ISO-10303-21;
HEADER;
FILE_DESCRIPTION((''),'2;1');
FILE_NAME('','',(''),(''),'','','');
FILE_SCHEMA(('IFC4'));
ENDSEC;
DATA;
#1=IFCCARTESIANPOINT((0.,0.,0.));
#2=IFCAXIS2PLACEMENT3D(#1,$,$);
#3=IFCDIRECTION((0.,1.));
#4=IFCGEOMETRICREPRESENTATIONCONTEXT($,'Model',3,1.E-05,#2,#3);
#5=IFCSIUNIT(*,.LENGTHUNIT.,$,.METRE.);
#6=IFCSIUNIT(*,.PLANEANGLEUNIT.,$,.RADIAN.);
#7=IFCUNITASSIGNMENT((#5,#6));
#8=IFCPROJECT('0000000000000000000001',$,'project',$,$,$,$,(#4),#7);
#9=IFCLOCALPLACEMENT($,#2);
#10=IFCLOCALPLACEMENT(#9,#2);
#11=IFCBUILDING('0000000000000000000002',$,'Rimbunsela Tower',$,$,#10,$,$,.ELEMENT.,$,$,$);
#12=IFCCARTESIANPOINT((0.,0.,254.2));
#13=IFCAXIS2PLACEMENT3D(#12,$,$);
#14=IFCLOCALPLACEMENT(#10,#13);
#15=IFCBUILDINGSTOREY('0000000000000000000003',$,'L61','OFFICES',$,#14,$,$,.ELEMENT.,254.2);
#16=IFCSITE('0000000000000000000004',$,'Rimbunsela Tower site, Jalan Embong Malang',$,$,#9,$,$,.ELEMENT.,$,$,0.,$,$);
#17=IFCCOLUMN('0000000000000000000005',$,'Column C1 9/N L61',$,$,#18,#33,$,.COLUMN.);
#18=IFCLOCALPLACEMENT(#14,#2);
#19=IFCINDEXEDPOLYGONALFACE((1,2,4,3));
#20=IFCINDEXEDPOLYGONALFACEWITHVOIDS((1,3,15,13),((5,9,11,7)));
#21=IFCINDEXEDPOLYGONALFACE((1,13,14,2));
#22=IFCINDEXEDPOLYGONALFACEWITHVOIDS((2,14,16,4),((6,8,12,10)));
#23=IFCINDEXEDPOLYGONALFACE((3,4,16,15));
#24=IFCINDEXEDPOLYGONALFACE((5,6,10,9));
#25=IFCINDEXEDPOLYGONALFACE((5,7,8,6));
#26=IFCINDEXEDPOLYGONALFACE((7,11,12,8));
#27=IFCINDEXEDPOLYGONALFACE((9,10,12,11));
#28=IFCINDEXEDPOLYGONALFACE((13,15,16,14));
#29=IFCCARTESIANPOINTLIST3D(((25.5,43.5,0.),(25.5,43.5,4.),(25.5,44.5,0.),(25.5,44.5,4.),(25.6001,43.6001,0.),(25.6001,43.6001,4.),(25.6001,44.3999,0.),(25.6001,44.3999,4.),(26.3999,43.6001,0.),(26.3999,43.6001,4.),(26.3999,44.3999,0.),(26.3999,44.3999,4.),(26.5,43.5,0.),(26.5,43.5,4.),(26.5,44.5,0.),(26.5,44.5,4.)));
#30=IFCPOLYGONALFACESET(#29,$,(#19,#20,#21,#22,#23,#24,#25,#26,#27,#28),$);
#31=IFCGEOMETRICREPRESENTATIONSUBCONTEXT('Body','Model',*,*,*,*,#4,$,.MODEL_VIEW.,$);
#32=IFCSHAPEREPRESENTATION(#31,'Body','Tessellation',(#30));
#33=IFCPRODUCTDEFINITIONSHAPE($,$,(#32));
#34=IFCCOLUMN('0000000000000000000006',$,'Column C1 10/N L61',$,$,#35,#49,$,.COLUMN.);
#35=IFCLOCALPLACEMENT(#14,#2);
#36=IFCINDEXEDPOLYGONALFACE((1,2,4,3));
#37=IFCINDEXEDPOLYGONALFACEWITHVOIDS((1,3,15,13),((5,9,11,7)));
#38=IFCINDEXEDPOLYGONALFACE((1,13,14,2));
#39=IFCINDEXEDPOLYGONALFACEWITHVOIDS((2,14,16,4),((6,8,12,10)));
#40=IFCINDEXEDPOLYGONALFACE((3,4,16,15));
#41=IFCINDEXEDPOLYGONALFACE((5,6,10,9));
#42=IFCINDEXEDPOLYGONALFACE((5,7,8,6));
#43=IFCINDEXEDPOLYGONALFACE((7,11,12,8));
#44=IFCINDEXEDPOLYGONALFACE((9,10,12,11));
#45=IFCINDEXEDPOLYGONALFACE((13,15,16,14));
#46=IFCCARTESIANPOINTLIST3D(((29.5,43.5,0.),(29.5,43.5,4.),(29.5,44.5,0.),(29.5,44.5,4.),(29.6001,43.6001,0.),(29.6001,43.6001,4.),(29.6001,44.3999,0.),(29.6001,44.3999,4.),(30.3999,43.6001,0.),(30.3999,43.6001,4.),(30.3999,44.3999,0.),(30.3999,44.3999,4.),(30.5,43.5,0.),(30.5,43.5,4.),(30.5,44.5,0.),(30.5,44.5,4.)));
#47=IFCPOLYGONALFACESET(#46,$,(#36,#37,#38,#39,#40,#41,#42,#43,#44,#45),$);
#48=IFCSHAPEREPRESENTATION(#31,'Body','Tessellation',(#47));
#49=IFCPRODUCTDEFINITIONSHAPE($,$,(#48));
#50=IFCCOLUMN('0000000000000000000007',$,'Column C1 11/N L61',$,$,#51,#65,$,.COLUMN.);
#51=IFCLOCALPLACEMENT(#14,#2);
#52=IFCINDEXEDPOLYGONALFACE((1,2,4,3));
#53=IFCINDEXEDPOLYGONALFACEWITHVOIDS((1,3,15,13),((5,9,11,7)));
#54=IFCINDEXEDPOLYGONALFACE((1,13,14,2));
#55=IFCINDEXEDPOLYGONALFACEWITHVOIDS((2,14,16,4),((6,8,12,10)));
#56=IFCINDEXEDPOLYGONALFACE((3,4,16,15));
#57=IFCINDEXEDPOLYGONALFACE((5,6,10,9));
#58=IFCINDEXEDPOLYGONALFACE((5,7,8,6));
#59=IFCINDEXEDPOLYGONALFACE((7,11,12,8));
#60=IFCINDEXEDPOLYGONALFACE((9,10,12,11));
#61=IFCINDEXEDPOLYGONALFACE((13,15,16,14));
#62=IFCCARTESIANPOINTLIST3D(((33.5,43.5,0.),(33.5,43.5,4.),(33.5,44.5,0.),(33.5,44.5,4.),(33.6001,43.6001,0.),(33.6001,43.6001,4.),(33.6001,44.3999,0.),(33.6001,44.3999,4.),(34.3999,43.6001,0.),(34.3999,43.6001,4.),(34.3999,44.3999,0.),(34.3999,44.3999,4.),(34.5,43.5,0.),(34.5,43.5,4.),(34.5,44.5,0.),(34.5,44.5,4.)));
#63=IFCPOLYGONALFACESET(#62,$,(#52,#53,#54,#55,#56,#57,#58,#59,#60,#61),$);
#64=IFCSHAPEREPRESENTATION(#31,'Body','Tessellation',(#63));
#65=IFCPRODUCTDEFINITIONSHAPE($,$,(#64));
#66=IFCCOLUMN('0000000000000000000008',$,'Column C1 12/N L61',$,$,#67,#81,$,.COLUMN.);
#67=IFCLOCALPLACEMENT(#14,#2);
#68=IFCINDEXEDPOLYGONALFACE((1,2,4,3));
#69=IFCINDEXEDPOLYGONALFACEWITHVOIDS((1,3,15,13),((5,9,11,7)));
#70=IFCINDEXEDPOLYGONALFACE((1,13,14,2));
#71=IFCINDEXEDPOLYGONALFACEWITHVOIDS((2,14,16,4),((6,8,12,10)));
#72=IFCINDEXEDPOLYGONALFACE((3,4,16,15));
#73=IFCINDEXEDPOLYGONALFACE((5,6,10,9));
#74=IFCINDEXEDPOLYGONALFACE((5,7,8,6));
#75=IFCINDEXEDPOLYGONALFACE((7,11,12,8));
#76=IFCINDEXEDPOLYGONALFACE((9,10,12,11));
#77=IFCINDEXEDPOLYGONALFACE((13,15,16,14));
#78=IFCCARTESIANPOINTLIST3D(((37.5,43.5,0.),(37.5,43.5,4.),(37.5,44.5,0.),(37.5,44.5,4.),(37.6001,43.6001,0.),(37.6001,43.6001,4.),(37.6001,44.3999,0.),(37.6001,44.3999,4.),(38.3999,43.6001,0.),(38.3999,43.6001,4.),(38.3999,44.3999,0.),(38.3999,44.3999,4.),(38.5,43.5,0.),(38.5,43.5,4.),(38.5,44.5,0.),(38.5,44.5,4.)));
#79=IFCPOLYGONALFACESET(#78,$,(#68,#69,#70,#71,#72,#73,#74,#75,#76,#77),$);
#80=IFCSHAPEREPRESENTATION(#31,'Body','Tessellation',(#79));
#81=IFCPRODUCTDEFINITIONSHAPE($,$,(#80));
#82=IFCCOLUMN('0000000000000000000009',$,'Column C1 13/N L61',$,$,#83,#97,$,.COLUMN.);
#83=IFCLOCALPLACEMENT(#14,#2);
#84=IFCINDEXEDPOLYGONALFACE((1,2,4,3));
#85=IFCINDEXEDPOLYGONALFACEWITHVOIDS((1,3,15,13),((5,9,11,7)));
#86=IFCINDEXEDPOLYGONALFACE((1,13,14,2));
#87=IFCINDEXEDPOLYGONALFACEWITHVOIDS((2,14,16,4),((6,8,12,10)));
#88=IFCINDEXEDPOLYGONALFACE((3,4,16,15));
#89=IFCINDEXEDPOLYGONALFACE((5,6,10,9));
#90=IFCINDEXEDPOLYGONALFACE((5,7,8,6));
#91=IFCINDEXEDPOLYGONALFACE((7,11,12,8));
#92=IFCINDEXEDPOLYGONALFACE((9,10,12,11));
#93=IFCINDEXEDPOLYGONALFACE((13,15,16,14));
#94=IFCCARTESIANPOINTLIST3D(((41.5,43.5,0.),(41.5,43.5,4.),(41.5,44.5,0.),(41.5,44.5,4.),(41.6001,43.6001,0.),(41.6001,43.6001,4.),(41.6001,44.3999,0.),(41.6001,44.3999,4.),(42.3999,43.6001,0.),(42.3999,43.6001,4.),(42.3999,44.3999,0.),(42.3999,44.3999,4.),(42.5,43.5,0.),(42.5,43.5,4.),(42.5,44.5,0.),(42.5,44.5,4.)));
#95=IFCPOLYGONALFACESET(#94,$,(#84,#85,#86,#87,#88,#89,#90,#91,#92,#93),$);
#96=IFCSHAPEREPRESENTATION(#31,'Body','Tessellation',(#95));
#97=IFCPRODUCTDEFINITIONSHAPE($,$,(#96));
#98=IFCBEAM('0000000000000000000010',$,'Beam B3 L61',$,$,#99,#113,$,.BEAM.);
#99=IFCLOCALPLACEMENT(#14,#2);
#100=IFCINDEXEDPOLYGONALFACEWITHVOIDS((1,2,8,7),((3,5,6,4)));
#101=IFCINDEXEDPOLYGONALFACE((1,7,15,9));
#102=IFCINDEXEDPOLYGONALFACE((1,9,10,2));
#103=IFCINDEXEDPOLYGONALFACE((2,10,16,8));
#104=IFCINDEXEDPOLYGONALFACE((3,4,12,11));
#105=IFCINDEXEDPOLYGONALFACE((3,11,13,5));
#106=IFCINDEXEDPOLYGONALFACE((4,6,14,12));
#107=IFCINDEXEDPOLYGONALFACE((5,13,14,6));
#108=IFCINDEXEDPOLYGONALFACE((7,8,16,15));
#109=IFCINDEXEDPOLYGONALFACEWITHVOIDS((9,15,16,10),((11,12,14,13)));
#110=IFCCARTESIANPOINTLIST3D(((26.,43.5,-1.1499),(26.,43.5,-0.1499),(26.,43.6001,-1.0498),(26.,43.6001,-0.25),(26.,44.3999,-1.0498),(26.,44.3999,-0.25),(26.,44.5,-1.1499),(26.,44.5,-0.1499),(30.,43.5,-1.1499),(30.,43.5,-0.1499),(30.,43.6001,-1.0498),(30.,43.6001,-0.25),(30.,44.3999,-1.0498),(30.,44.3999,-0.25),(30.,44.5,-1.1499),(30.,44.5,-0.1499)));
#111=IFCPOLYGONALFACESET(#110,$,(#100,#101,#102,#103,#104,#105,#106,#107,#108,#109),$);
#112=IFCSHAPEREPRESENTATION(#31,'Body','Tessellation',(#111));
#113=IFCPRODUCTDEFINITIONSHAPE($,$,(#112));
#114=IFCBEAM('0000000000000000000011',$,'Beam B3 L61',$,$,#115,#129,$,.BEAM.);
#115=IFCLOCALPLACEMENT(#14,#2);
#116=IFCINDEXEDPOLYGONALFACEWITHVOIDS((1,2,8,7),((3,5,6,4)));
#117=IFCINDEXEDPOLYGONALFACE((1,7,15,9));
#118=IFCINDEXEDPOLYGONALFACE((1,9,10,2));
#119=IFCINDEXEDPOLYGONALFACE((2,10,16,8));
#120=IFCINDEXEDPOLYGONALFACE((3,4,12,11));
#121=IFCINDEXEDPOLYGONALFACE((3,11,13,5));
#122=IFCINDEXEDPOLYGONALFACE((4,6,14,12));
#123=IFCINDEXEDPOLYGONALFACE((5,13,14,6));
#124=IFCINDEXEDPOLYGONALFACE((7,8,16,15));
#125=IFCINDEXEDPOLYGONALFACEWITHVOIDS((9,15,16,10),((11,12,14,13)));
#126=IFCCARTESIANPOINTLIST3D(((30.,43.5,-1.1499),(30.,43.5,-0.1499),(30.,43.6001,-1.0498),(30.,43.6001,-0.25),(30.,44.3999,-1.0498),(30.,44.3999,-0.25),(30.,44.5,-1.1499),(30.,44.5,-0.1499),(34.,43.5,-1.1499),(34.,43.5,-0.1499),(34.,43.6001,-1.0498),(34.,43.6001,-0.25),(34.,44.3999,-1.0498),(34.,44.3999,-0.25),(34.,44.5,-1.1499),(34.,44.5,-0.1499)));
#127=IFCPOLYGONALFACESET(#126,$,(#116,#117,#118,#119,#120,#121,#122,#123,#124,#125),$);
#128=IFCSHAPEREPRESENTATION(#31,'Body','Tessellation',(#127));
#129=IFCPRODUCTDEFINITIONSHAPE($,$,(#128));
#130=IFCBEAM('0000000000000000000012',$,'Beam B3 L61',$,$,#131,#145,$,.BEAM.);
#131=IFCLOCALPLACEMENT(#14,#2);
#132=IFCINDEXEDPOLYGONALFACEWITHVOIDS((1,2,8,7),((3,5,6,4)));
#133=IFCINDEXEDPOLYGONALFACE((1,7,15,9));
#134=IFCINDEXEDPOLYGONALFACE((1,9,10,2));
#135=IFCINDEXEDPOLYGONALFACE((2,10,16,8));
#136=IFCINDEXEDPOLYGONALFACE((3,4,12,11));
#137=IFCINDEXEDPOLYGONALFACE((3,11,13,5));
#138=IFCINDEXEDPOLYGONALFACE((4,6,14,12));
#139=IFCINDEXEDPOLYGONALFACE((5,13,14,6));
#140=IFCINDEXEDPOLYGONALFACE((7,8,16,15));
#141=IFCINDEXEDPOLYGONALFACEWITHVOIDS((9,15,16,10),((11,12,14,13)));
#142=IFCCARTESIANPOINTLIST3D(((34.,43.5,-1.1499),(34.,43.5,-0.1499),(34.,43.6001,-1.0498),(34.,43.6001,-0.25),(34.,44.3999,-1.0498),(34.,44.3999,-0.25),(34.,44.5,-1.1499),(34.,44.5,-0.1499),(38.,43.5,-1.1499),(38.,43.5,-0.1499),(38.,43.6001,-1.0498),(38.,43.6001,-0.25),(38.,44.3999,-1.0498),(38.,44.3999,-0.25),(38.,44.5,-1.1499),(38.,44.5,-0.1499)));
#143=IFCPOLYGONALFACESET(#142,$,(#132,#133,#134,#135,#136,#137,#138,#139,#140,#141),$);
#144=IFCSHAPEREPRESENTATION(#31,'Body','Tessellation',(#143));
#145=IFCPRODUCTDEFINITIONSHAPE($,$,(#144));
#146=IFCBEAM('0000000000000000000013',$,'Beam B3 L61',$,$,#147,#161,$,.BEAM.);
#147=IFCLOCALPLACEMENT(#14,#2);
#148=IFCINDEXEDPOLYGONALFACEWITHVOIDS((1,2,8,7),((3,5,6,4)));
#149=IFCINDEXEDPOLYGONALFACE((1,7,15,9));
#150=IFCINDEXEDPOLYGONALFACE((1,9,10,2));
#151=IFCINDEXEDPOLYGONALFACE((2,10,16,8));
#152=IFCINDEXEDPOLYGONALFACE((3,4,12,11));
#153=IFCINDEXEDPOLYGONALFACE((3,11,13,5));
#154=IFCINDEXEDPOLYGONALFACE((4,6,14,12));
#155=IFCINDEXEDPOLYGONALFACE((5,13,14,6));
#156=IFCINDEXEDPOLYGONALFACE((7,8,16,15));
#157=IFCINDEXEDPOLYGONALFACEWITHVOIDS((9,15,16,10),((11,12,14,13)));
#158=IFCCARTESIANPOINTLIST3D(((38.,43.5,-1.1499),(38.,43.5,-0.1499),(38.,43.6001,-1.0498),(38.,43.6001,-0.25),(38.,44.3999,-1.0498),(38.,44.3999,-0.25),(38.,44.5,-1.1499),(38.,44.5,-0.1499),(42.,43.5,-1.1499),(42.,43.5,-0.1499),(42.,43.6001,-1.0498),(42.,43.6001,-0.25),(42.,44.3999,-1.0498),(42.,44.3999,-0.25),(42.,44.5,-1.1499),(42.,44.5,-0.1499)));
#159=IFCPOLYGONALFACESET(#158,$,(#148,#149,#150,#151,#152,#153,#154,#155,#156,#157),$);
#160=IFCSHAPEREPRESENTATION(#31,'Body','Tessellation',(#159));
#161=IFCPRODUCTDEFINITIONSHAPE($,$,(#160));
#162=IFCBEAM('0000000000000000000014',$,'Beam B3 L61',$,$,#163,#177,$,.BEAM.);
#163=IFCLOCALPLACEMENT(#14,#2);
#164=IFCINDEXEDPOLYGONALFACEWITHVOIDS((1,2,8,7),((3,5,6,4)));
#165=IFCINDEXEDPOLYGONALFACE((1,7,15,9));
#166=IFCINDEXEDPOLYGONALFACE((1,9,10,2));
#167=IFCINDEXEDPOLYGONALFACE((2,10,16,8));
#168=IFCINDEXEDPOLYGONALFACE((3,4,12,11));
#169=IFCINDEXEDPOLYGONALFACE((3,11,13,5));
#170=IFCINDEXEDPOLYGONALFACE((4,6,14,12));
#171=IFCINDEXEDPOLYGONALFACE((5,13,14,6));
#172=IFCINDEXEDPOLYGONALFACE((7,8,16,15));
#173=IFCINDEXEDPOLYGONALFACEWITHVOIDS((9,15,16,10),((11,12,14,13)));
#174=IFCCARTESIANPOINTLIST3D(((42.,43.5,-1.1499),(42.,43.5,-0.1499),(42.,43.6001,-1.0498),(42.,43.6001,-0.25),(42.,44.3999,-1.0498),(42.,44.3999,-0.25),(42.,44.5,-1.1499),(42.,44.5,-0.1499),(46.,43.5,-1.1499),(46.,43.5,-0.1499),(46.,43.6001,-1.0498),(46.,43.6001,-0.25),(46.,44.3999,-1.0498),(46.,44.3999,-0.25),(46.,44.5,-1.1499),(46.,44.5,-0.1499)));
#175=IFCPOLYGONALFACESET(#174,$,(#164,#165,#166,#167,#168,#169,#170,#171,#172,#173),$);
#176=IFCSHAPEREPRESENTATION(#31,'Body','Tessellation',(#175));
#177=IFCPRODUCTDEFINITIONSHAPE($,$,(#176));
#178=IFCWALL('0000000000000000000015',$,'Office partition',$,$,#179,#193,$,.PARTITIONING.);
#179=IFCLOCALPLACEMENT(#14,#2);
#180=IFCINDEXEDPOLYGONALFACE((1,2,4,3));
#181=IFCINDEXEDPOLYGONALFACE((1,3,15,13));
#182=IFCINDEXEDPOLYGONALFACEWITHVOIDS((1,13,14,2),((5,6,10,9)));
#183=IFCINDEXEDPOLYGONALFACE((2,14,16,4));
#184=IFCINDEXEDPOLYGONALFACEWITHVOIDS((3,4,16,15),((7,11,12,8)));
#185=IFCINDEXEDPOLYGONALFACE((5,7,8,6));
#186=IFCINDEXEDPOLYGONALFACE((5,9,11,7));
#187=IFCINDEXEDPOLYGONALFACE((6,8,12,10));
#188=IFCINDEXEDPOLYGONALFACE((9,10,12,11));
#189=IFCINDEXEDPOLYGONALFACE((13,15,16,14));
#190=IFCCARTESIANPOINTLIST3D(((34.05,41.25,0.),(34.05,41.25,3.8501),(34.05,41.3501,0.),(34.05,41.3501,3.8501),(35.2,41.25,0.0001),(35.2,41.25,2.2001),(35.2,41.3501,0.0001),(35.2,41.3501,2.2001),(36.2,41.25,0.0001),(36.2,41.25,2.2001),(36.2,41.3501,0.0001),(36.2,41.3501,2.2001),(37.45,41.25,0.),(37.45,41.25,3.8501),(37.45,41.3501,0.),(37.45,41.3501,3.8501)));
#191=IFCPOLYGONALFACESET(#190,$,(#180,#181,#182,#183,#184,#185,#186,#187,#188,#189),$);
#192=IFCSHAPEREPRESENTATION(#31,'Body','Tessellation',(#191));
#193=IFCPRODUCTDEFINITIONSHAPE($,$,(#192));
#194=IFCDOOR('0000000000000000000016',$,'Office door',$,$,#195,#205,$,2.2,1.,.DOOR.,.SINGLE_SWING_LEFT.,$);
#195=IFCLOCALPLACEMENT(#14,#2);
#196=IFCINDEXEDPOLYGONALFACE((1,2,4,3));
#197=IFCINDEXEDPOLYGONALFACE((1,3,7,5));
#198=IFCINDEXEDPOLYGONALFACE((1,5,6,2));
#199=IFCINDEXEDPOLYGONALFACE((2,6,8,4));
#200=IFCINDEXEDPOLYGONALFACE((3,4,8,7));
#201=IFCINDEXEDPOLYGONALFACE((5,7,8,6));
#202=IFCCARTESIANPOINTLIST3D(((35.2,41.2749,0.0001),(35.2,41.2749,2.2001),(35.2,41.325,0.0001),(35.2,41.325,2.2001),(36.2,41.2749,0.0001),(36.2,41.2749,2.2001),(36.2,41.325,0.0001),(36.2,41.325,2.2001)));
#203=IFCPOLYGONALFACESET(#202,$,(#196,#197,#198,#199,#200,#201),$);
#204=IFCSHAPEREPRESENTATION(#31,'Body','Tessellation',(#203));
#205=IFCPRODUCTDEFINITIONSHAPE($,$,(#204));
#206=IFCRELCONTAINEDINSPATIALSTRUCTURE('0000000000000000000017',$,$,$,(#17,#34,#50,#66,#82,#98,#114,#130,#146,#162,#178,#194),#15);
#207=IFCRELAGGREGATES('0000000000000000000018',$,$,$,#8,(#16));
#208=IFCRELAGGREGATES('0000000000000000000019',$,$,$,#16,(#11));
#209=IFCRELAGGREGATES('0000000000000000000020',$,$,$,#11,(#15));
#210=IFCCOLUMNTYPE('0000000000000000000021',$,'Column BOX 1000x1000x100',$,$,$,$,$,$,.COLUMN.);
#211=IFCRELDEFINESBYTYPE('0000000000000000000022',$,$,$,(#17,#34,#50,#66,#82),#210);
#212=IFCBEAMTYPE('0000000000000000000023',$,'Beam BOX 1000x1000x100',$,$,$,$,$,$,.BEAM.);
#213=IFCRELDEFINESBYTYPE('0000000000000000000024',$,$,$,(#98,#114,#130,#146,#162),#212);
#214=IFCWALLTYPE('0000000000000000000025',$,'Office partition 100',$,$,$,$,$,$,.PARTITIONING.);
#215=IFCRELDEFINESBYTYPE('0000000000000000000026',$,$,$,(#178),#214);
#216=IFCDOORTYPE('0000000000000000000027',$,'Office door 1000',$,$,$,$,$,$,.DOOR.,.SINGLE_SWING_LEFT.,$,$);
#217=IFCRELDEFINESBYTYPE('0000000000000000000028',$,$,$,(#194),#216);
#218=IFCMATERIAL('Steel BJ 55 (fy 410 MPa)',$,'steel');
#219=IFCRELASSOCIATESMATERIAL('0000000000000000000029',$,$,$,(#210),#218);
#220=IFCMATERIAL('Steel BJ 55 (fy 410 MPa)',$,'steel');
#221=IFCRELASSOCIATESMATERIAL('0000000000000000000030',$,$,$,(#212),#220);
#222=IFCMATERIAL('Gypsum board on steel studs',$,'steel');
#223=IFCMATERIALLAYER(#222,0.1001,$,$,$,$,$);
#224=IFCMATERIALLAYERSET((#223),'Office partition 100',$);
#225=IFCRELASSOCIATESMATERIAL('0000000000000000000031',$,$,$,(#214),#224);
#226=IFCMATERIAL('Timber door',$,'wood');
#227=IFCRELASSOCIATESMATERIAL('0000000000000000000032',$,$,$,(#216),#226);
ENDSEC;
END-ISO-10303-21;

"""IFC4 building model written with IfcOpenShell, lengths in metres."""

from ifc_helpers import new_model, si_unit, direction, frame, frame_2d, origin, origin_2d, place, context, subcontext, project, spatial, rectangle, hollow_rectangle, extrude, material, layer, layer_set, material_profile, profile_set, type_object, element, fill, save


model = new_model("IFC4")

# Units and contexts
model_context = context("Model", 3, precision=1e-05, world=origin(), true_north=direction((0.0, 1.0)))
body_context = subcontext(model_context, "Body", "Model", "MODEL_VIEW")
ifc_project = project(units=[si_unit("LENGTHUNIT", "METRE"), si_unit("PLANEANGLEUNIT", "RADIAN")], contexts=[model_context])

# Site, building, storey
site_placement = place(None, origin())
site = spatial("IfcSite", under=ifc_project, at=site_placement, Name="Rimbunsela Tower site, Jalan Embong Malang", CompositionType="ELEMENT", RefElevation=0.0)
building_placement = place(site_placement, origin())
building = spatial("IfcBuilding", under=site, at=building_placement, Name="Rimbunsela Tower", CompositionType="ELEMENT")
storey_placement = place(building_placement, frame((0.0, 0.0, 254.2)))
storey = spatial("IfcBuildingStorey", under=building, at=storey_placement, Name="L61", Description="OFFICES", CompositionType="ELEMENT", Elevation=254.2)

# Columns
ifc_material_1 = material(Name="Steel BJ 55 (fy 410 MPa)", Category="steel")
ifc_material_profile_1 = material_profile(ifc_material_1, hollow_rectangle(XDim=1.0, YDim=1.0, WallThickness=0.1001, at=origin_2d()), Name="BOX 1000x1000x100")
ifc_profile_set_1 = profile_set([ifc_material_profile_1], Name="Steel BJ 55 (fy 410 MPa)")
column_type = type_object("IfcColumnType", Name="Column BOX 1000x1000x100", PredefinedType="COLUMN", material=ifc_profile_set_1)
for number, where, z_axis, x_axis, name in (
    (1, (26.0, 44.0, 0.0), (0.0, 0.0, 1.0), (1.0, 0.0, 0.0), "Column C1 9/N L61"),
    (2, (30.0, 44.0, 0.0), (0.0, 0.0, 1.0), (1.0, 0.0, 0.0), "Column C1 10/N L61"),
    (3, (34.0, 44.0, 0.0), (0.0, 0.0, 1.0), (1.0, 0.0, 0.0), "Column C1 11/N L61"),
    (4, (38.0, 44.0, 0.0), (0.0, 0.0, 1.0), (1.0, 0.0, 0.0), "Column C1 12/N L61"),
    (5, (42.0, 44.0, 0.0), (0.0, 0.0, 1.0), (1.0, 0.0, 0.0), "Column C1 13/N L61"),
):
    element("IfcColumn", number, at=place(storey_placement, frame(where, z_axis=z_axis, x_axis=x_axis)), inside=storey, type_object=column_type, Name=name, PredefinedType="COLUMN", context=body_context, shape_type="SweptSolid", body=[
        extrude(hollow_rectangle(XDim=1.0, YDim=1.0, WallThickness=0.1001, at=origin_2d()), origin(), (0.0, 0.0, 1.0), 4.0),
    ])

# Beams
ifc_material_2 = material(Name="Steel BJ 55 (fy 410 MPa)", Category="steel")
ifc_material_profile_2 = material_profile(ifc_material_2, hollow_rectangle(XDim=1.0, YDim=1.0, WallThickness=0.1001, at=origin_2d()), Name="BOX 1000x1000x100")
ifc_profile_set_2 = profile_set([ifc_material_profile_2], Name="Steel BJ 55 (fy 410 MPa)")
beam_type = type_object("IfcBeamType", Name="Beam BOX 1000x1000x100", PredefinedType="BEAM", material=ifc_profile_set_2)
for number, where, z_axis, x_axis, name in (
    (6, (26.0, 44.0, -0.6499), (1.0, 0.0, 0.0), (0.0, 1.0, 0.0), "Beam B3 L61"),
    (7, (30.0, 44.0, -0.6499), (1.0, 0.0, 0.0), (0.0, 1.0, 0.0), "Beam B3 L61"),
    (8, (34.0, 44.0, -0.6499), (1.0, 0.0, 0.0), (0.0, 1.0, 0.0), "Beam B3 L61"),
    (9, (38.0, 44.0, -0.6499), (1.0, 0.0, 0.0), (0.0, 1.0, 0.0), "Beam B3 L61"),
    (10, (42.0, 44.0, -0.6499), (1.0, 0.0, 0.0), (0.0, 1.0, 0.0), "Beam B3 L61"),
):
    element("IfcBeam", number, at=place(storey_placement, frame(where, z_axis=z_axis, x_axis=x_axis)), inside=storey, type_object=beam_type, Name=name, PredefinedType="BEAM", context=body_context, shape_type="SweptSolid", body=[
        extrude(hollow_rectangle(XDim=1.0, YDim=1.0, WallThickness=0.1001, at=origin_2d()), origin(), (0.0, 0.0, 1.0), 4.0),
    ])

# Wall, opening, door
ifc_material_3 = material(Name="Gypsum board on steel studs", Category="steel")
ifc_layer_1 = layer(ifc_material_3, 0.1001)
ifc_layer_set_1 = layer_set([ifc_layer_1], Name="Office partition 100")
wall_type_1 = type_object("IfcWallType", Name="Office partition 100", PredefinedType="PARTITIONING", material=ifc_layer_set_1)
wall_1_placement = place(storey_placement, frame((34.05, 41.3, 0.0), z_axis=(0.0, 0.0, 1.0), x_axis=(1.0, 0.0, 0.0)))
wall_1 = element("IfcWall", 11, at=wall_1_placement, inside=storey, type_object=wall_type_1, Name="Office partition", PredefinedType="PARTITIONING", context=body_context, shape_type="SweptSolid", body=[
    extrude(rectangle(XDim=3.3999, YDim=0.1001, at=frame_2d((1.7, 0.0))), origin(), (0.0, 0.0, 1.0), 3.8501),
])
opening_1_placement = place(wall_1_placement, frame((1.1499, 0.0, 0.0)))
opening_1 = element("IfcOpeningElement", 12, at=opening_1_placement, cuts=wall_1, PredefinedType="OPENING", context=body_context, shape_type="SweptSolid", body=[
    extrude(rectangle(XDim=1.0, YDim=2.2, at=frame_2d((0.5, 1.1001))), frame((0.0, 0.0601, 0.0), z_axis=(0.0, -1.0, 0.0), x_axis=(1.0, 0.0, 0.0)), (0.0, 0.0, 1.0), 0.1201),
])
ifc_material_4 = material(Name="Timber door", Category="wood")
door_type = type_object("IfcDoorType", Name="Office door 1000", OperationType="SINGLE_SWING_LEFT", PredefinedType="DOOR", material=ifc_material_4)
door_placement = place(opening_1_placement, origin())
door = element("IfcDoor", 13, at=door_placement, inside=storey, type_object=door_type, Name="Office door", OperationType="SINGLE_SWING_LEFT", OverallHeight=2.2, OverallWidth=1.0, PredefinedType="DOOR", context=body_context, shape_type="SweptSolid", body=[
    extrude(rectangle(XDim=1.0, YDim=2.2, at=frame_2d((0.5, 1.1001))), frame((0.0, 0.0249, 0.0), z_axis=(0.0, -1.0, 0.0), x_axis=(1.0, 0.0, 0.0)), (0.0, 0.0, 1.0), 0.05),
])
fill(opening_1, door)

save(model, "model.ifc")
